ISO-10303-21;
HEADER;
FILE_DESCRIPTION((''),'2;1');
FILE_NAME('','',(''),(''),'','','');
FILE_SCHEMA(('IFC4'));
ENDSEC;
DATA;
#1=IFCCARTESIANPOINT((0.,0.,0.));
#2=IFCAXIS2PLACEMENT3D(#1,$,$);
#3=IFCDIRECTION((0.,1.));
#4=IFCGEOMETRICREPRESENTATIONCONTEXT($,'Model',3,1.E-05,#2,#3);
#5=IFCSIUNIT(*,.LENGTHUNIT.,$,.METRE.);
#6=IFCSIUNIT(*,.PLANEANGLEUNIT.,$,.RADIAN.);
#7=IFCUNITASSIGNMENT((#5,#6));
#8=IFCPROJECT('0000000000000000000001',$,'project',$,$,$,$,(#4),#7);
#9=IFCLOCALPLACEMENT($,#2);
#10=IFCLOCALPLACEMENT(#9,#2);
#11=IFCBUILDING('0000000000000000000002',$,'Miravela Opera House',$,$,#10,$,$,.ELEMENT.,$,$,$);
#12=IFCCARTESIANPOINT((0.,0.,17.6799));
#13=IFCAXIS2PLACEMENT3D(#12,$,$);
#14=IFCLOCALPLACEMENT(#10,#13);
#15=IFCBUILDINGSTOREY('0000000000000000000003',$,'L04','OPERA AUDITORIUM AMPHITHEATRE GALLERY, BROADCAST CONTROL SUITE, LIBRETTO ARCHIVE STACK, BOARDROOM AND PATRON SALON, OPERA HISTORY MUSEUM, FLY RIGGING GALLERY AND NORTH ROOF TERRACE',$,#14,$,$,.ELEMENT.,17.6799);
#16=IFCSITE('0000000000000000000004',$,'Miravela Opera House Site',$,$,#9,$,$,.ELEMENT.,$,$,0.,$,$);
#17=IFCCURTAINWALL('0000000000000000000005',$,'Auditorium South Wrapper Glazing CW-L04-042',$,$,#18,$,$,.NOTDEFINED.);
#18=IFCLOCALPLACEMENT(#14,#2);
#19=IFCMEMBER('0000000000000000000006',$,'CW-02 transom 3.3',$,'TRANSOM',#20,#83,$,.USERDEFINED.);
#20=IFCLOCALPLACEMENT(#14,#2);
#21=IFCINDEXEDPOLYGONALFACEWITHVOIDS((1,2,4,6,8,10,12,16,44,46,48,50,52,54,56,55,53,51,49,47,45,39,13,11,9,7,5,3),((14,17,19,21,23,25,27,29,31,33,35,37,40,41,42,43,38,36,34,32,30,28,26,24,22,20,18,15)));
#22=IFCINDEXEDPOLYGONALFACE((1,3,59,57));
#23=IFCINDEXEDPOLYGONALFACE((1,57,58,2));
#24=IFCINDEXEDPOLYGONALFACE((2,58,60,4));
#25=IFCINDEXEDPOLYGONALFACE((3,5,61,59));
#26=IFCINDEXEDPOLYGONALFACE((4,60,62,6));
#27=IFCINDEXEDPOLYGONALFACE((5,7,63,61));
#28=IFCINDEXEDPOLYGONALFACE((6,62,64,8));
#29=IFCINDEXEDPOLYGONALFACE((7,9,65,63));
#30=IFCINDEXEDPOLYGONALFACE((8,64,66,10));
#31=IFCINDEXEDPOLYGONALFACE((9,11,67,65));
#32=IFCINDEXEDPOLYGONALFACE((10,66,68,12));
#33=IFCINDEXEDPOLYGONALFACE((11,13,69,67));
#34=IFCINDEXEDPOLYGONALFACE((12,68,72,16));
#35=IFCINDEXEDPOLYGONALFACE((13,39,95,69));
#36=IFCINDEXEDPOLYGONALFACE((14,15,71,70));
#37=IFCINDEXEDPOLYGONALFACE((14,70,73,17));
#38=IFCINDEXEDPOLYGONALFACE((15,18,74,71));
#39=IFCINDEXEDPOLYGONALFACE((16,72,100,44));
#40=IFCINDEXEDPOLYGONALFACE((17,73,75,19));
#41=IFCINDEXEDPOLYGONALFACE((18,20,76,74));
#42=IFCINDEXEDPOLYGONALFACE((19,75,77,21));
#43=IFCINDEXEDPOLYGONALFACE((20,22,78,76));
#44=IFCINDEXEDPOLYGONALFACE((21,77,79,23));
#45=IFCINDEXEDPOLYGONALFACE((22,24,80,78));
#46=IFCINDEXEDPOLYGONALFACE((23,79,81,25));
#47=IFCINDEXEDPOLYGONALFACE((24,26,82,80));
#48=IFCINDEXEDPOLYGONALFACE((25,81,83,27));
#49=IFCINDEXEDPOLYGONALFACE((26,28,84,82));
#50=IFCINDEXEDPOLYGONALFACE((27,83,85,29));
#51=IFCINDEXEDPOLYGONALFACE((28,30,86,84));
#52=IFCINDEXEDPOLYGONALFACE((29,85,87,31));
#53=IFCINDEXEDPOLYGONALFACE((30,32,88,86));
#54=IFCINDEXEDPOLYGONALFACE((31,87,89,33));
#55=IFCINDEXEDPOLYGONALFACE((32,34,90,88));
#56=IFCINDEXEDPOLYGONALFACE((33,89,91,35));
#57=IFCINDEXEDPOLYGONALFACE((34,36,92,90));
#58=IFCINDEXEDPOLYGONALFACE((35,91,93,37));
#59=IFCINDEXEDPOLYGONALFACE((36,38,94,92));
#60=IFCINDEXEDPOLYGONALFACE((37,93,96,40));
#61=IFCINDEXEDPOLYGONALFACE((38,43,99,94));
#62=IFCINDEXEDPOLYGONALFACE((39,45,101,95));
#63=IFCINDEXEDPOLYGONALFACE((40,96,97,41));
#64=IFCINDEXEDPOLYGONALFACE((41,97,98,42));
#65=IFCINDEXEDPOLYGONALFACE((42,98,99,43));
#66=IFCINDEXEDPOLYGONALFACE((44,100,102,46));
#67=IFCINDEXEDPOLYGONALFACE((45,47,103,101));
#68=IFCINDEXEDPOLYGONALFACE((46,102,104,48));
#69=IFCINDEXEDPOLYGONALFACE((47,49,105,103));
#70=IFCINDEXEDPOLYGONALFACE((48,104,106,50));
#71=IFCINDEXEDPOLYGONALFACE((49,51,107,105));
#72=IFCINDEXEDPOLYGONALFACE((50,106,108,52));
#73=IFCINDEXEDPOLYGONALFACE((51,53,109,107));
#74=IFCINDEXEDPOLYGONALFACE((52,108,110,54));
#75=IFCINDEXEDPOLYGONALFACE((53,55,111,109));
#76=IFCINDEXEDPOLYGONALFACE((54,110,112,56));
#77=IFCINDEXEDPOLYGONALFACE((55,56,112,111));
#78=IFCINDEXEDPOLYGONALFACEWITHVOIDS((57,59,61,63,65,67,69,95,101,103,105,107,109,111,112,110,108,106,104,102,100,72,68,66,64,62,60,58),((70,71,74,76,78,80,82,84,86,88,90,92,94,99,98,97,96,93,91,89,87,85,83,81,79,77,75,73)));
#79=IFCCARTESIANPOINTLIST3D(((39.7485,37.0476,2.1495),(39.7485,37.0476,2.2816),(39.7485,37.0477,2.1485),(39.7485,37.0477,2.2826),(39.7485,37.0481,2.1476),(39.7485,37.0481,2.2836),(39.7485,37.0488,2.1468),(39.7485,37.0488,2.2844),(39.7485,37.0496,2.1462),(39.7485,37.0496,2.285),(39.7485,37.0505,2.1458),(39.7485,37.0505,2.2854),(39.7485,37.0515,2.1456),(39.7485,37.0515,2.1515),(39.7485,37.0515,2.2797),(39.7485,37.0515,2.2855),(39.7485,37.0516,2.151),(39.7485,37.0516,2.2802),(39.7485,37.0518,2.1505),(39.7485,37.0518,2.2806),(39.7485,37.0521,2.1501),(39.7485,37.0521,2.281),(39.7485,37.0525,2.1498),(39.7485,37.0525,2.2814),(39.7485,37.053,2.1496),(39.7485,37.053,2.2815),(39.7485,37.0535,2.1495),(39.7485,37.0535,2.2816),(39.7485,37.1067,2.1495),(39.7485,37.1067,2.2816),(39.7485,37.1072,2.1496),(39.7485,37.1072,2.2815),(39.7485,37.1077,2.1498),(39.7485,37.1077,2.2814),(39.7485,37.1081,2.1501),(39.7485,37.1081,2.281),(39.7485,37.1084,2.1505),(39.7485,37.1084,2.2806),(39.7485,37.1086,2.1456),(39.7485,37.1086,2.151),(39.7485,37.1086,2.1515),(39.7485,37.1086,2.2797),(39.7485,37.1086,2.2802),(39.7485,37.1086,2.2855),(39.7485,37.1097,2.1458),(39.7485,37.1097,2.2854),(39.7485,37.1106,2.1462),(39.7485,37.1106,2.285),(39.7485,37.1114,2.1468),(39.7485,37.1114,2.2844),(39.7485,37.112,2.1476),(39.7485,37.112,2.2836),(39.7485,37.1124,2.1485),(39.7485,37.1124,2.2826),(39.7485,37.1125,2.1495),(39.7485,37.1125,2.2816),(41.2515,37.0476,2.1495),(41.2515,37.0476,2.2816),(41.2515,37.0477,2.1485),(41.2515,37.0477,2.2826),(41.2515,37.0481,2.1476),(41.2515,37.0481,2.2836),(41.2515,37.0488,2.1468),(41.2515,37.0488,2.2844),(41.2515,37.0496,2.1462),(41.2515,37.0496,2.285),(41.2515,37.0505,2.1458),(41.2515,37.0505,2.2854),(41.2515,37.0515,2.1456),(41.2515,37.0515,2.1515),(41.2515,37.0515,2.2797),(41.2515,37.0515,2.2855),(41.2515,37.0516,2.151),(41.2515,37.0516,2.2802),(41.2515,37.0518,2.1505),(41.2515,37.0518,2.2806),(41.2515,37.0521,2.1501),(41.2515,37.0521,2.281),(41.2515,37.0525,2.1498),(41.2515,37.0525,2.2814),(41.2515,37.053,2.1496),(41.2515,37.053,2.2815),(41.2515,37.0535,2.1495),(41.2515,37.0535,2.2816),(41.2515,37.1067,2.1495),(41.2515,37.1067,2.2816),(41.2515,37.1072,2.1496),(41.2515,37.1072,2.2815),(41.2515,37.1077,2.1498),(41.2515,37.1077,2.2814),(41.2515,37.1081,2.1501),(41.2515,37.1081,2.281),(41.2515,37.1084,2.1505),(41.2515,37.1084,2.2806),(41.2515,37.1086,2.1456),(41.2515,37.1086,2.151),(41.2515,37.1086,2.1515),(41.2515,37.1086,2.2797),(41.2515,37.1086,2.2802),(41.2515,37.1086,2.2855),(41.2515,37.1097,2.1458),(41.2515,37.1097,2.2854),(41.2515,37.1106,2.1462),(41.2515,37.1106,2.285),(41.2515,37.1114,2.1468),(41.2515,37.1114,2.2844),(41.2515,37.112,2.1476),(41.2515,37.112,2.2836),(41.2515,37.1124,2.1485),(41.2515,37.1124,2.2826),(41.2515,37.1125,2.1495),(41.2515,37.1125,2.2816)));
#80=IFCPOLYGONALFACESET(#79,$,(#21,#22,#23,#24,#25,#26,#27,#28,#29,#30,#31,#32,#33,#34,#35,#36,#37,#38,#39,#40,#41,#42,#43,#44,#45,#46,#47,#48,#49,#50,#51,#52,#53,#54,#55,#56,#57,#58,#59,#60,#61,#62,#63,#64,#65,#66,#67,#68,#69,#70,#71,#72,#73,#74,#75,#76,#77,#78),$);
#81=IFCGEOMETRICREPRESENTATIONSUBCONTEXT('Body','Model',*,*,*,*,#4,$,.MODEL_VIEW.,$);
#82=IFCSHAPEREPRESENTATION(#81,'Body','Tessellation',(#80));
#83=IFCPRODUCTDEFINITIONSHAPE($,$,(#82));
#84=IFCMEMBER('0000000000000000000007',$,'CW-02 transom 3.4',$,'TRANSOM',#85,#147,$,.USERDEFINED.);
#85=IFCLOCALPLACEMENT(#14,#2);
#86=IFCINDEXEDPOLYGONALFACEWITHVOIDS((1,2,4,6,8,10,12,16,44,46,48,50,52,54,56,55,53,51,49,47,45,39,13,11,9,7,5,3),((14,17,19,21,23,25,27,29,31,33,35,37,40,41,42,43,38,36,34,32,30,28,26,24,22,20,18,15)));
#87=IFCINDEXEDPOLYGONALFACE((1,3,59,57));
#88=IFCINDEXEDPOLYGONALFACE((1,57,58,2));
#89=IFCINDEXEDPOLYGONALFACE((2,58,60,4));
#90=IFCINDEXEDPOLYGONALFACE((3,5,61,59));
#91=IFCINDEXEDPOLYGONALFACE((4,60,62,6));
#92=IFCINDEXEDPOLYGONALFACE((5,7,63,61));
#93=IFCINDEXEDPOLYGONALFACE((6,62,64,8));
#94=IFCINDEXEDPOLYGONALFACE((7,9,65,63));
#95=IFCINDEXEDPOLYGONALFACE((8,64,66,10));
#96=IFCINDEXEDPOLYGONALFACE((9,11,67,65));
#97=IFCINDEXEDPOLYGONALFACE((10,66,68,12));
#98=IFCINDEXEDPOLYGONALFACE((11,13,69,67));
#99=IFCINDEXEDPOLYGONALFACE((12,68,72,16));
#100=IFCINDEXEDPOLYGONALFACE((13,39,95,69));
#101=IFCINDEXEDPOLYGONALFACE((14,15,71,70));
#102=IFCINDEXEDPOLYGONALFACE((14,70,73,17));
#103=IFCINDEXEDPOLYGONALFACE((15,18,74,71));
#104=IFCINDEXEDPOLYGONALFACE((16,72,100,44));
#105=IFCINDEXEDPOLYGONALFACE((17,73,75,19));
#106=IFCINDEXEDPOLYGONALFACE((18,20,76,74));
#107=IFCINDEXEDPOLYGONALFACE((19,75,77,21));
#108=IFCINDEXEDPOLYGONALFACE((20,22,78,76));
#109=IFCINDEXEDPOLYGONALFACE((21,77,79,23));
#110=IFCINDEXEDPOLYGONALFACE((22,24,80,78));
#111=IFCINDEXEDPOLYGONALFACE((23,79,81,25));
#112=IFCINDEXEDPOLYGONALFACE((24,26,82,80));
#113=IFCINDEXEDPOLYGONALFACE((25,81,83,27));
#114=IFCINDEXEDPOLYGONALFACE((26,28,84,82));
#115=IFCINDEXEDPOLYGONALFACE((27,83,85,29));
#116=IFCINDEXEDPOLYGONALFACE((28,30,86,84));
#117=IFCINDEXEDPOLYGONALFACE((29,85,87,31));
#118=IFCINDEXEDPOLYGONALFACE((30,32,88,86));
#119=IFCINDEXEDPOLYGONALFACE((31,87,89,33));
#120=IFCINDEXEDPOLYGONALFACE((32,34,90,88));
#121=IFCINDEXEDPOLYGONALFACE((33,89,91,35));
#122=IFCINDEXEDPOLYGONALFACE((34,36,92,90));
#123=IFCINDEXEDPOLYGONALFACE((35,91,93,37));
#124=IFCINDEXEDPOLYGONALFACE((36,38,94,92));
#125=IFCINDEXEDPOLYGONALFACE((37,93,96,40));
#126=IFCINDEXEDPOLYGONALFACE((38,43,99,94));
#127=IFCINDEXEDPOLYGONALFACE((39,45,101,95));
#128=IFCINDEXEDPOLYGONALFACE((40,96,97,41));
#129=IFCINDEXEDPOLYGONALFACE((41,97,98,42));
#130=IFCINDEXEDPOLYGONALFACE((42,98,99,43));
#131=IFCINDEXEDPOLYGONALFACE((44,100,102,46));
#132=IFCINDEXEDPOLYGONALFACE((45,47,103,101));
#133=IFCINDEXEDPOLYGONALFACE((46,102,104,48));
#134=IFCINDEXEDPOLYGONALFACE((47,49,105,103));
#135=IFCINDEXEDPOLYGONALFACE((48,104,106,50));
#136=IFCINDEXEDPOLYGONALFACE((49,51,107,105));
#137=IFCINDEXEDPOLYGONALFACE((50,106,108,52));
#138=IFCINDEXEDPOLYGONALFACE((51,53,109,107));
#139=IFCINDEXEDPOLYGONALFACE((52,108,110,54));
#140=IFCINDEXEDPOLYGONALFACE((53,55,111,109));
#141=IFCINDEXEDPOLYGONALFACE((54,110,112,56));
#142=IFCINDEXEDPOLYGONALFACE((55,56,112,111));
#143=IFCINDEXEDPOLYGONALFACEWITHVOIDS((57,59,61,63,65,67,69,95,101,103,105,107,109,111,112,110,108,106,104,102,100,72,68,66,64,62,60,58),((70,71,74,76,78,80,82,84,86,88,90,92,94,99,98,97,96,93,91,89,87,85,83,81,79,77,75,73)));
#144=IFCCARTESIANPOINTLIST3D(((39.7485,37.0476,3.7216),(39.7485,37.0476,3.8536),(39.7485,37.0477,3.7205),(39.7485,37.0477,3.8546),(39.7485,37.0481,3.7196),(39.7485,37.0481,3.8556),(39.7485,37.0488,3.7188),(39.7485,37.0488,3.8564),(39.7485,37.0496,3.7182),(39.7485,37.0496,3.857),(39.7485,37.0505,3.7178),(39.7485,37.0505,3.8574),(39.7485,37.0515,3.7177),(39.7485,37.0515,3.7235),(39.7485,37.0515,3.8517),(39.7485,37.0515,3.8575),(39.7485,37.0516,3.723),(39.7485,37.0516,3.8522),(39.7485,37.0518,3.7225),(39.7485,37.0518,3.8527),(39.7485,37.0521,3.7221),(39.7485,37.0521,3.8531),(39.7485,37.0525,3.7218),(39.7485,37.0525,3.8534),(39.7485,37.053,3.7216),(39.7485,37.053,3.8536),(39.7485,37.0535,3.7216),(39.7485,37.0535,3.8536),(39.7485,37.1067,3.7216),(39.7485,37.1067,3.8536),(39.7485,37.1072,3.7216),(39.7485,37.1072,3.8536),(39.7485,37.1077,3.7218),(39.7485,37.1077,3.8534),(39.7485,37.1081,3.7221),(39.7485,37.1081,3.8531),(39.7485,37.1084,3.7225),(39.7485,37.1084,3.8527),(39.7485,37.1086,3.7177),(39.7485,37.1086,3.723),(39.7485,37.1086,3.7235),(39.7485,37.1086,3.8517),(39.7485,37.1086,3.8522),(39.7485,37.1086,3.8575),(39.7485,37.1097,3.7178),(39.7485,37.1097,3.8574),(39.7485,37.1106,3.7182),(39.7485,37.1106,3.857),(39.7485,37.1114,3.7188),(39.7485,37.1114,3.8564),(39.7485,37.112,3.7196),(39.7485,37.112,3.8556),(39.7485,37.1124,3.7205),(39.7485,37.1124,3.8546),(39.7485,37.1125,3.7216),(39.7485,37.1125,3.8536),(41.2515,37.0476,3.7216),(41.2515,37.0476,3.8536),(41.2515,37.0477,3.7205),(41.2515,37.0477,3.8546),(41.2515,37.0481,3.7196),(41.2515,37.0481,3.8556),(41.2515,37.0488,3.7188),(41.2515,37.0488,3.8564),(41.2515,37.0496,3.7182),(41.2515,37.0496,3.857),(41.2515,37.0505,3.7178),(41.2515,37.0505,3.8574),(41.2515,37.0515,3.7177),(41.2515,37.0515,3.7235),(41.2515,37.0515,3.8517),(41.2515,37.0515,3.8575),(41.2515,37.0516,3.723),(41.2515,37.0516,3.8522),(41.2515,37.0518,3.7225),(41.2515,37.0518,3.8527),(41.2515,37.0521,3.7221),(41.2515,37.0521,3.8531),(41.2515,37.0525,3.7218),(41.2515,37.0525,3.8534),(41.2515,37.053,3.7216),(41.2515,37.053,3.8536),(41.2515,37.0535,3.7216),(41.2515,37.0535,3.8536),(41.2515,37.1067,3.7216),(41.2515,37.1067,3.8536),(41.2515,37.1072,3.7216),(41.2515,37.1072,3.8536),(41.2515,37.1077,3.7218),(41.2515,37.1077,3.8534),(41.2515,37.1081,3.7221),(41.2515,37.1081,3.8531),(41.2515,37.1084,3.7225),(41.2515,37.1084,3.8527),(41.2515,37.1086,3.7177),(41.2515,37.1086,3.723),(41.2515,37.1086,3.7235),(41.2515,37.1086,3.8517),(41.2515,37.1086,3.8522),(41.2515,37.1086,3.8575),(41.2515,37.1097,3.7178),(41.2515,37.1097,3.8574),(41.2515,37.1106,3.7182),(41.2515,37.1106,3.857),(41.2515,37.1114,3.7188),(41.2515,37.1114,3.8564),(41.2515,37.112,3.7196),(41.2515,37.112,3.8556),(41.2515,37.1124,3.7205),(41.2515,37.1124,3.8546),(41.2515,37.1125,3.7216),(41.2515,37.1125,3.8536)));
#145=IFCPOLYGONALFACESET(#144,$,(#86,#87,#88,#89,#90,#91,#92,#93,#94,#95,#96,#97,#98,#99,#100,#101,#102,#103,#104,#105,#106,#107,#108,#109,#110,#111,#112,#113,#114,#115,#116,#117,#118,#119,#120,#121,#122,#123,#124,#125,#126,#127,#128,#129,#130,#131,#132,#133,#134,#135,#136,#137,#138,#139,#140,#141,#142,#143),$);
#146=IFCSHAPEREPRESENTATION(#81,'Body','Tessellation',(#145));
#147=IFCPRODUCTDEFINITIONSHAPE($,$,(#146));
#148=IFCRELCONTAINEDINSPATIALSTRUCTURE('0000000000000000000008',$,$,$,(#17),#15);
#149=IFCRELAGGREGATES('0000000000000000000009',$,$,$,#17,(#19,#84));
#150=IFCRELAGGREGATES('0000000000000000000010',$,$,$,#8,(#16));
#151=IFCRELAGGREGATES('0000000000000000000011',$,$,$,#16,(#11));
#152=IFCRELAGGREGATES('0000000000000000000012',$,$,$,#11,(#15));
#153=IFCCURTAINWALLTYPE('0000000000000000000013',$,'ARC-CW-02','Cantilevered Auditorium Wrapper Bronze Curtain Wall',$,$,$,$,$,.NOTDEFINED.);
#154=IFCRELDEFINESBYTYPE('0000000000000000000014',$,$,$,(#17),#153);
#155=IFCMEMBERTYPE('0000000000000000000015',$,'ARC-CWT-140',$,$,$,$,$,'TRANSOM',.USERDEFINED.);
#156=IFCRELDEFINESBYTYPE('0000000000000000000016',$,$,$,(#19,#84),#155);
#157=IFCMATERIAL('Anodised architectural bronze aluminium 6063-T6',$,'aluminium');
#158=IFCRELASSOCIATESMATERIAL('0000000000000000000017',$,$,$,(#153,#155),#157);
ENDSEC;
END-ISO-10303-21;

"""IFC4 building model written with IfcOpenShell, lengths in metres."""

from ifc_helpers import new_model, si_unit, direction, frame, origin, origin_2d, place, context, subcontext, project, spatial, hollow_rectangle, extrude, material, material_profile, profile_set, type_object, element, aggregate, save


model = new_model("IFC4")

# Units and contexts
model_context = context("Model", 3, precision=1e-05, world=origin(), true_north=direction((0.0, 1.0)))
body_context = subcontext(model_context, "Body", "Model", "MODEL_VIEW")
ifc_project = project(units=[si_unit("LENGTHUNIT", "METRE"), si_unit("PLANEANGLEUNIT", "RADIAN")], contexts=[model_context])

# Site, building, storey
site_placement = place(None, origin())
site = spatial("IfcSite", under=ifc_project, at=site_placement, Name="Miravela Opera House Site", CompositionType="ELEMENT", RefElevation=0.0)
building_placement = place(site_placement, origin())
building = spatial("IfcBuilding", under=site, at=building_placement, Name="Miravela Opera House", CompositionType="ELEMENT")
storey_placement = place(building_placement, frame((0.0, 0.0, 17.6799)))
storey = spatial("IfcBuildingStorey", under=building, at=storey_placement, Name="L04", Description="OPERA AUDITORIUM AMPHITHEATRE GALLERY, BROADCAST CONTROL SUITE, LIBRETTO ARCHIVE STACK, BOARDROOM AND PATRON SALON, OPERA HISTORY MUSEUM, FLY RIGGING GALLERY AND NORTH ROOF TERRACE", CompositionType="ELEMENT", Elevation=17.6799)

# Curtain wall, members
ifc_material_1 = material(Name="Anodised architectural bronze aluminium 6063-T6", Category="aluminium")
curtain_wall_type = type_object("IfcCurtainWallType", Name="ARC-CW-02", Description="Cantilevered Auditorium Wrapper Bronze Curtain Wall", PredefinedType="NOTDEFINED", material=ifc_material_1)
curtain_wall_placement = place(storey_placement, origin())
curtain_wall = element("IfcCurtainWall", 1, at=curtain_wall_placement, inside=storey, type_object=curtain_wall_type, Name="Auditorium South Wrapper Glazing CW-L04-042", PredefinedType="NOTDEFINED")
ifc_material_profile_1 = material_profile(ifc_material_1, hollow_rectangle(XDim=0.0649, YDim=0.1399, WallThickness=0.0039, InnerFilletRadius=0.002, OuterFilletRadius=0.0039, at=origin_2d()), Name="CWT-65X140")
ifc_profile_set_1 = profile_set([ifc_material_profile_1])
member_type_1 = type_object("IfcMemberType", Name="ARC-CWT-140", ElementType="TRANSOM", PredefinedType="USERDEFINED", material=ifc_profile_set_1)
member_1_placement = place(storey_placement, frame((39.7485, 37.0801, 2.2156), z_axis=(1.0, 0.0, 0.0), x_axis=(0.0, 1.0, 0.0)))
member_1 = element("IfcMember", 2, at=member_1_placement, type_object=member_type_1, Name="CW-02 transom 3.3", ObjectType="TRANSOM", PredefinedType="USERDEFINED", context=body_context, shape_type="SweptSolid", body=[
    extrude(hollow_rectangle(XDim=0.0649, YDim=0.1399, WallThickness=0.0039, InnerFilletRadius=0.002, OuterFilletRadius=0.0039, at=origin_2d()), origin(), (0.0, 0.0, 1.0), 1.5029),
])
member_2_placement = place(storey_placement, frame((39.7485, 37.0801, 3.7876), z_axis=(1.0, 0.0, 0.0), x_axis=(0.0, 1.0, 0.0)))
member_2 = element("IfcMember", 3, at=member_2_placement, type_object=member_type_1, Name="CW-02 transom 3.4", ObjectType="TRANSOM", PredefinedType="USERDEFINED", context=body_context, shape_type="SweptSolid", body=[
    extrude(hollow_rectangle(XDim=0.0649, YDim=0.1399, WallThickness=0.0039, InnerFilletRadius=0.002, OuterFilletRadius=0.0039, at=origin_2d()), origin(), (0.0, 0.0, 1.0), 1.5029),
])

aggregate(curtain_wall, [member_1, member_2])

save(model, "model.ifc")
